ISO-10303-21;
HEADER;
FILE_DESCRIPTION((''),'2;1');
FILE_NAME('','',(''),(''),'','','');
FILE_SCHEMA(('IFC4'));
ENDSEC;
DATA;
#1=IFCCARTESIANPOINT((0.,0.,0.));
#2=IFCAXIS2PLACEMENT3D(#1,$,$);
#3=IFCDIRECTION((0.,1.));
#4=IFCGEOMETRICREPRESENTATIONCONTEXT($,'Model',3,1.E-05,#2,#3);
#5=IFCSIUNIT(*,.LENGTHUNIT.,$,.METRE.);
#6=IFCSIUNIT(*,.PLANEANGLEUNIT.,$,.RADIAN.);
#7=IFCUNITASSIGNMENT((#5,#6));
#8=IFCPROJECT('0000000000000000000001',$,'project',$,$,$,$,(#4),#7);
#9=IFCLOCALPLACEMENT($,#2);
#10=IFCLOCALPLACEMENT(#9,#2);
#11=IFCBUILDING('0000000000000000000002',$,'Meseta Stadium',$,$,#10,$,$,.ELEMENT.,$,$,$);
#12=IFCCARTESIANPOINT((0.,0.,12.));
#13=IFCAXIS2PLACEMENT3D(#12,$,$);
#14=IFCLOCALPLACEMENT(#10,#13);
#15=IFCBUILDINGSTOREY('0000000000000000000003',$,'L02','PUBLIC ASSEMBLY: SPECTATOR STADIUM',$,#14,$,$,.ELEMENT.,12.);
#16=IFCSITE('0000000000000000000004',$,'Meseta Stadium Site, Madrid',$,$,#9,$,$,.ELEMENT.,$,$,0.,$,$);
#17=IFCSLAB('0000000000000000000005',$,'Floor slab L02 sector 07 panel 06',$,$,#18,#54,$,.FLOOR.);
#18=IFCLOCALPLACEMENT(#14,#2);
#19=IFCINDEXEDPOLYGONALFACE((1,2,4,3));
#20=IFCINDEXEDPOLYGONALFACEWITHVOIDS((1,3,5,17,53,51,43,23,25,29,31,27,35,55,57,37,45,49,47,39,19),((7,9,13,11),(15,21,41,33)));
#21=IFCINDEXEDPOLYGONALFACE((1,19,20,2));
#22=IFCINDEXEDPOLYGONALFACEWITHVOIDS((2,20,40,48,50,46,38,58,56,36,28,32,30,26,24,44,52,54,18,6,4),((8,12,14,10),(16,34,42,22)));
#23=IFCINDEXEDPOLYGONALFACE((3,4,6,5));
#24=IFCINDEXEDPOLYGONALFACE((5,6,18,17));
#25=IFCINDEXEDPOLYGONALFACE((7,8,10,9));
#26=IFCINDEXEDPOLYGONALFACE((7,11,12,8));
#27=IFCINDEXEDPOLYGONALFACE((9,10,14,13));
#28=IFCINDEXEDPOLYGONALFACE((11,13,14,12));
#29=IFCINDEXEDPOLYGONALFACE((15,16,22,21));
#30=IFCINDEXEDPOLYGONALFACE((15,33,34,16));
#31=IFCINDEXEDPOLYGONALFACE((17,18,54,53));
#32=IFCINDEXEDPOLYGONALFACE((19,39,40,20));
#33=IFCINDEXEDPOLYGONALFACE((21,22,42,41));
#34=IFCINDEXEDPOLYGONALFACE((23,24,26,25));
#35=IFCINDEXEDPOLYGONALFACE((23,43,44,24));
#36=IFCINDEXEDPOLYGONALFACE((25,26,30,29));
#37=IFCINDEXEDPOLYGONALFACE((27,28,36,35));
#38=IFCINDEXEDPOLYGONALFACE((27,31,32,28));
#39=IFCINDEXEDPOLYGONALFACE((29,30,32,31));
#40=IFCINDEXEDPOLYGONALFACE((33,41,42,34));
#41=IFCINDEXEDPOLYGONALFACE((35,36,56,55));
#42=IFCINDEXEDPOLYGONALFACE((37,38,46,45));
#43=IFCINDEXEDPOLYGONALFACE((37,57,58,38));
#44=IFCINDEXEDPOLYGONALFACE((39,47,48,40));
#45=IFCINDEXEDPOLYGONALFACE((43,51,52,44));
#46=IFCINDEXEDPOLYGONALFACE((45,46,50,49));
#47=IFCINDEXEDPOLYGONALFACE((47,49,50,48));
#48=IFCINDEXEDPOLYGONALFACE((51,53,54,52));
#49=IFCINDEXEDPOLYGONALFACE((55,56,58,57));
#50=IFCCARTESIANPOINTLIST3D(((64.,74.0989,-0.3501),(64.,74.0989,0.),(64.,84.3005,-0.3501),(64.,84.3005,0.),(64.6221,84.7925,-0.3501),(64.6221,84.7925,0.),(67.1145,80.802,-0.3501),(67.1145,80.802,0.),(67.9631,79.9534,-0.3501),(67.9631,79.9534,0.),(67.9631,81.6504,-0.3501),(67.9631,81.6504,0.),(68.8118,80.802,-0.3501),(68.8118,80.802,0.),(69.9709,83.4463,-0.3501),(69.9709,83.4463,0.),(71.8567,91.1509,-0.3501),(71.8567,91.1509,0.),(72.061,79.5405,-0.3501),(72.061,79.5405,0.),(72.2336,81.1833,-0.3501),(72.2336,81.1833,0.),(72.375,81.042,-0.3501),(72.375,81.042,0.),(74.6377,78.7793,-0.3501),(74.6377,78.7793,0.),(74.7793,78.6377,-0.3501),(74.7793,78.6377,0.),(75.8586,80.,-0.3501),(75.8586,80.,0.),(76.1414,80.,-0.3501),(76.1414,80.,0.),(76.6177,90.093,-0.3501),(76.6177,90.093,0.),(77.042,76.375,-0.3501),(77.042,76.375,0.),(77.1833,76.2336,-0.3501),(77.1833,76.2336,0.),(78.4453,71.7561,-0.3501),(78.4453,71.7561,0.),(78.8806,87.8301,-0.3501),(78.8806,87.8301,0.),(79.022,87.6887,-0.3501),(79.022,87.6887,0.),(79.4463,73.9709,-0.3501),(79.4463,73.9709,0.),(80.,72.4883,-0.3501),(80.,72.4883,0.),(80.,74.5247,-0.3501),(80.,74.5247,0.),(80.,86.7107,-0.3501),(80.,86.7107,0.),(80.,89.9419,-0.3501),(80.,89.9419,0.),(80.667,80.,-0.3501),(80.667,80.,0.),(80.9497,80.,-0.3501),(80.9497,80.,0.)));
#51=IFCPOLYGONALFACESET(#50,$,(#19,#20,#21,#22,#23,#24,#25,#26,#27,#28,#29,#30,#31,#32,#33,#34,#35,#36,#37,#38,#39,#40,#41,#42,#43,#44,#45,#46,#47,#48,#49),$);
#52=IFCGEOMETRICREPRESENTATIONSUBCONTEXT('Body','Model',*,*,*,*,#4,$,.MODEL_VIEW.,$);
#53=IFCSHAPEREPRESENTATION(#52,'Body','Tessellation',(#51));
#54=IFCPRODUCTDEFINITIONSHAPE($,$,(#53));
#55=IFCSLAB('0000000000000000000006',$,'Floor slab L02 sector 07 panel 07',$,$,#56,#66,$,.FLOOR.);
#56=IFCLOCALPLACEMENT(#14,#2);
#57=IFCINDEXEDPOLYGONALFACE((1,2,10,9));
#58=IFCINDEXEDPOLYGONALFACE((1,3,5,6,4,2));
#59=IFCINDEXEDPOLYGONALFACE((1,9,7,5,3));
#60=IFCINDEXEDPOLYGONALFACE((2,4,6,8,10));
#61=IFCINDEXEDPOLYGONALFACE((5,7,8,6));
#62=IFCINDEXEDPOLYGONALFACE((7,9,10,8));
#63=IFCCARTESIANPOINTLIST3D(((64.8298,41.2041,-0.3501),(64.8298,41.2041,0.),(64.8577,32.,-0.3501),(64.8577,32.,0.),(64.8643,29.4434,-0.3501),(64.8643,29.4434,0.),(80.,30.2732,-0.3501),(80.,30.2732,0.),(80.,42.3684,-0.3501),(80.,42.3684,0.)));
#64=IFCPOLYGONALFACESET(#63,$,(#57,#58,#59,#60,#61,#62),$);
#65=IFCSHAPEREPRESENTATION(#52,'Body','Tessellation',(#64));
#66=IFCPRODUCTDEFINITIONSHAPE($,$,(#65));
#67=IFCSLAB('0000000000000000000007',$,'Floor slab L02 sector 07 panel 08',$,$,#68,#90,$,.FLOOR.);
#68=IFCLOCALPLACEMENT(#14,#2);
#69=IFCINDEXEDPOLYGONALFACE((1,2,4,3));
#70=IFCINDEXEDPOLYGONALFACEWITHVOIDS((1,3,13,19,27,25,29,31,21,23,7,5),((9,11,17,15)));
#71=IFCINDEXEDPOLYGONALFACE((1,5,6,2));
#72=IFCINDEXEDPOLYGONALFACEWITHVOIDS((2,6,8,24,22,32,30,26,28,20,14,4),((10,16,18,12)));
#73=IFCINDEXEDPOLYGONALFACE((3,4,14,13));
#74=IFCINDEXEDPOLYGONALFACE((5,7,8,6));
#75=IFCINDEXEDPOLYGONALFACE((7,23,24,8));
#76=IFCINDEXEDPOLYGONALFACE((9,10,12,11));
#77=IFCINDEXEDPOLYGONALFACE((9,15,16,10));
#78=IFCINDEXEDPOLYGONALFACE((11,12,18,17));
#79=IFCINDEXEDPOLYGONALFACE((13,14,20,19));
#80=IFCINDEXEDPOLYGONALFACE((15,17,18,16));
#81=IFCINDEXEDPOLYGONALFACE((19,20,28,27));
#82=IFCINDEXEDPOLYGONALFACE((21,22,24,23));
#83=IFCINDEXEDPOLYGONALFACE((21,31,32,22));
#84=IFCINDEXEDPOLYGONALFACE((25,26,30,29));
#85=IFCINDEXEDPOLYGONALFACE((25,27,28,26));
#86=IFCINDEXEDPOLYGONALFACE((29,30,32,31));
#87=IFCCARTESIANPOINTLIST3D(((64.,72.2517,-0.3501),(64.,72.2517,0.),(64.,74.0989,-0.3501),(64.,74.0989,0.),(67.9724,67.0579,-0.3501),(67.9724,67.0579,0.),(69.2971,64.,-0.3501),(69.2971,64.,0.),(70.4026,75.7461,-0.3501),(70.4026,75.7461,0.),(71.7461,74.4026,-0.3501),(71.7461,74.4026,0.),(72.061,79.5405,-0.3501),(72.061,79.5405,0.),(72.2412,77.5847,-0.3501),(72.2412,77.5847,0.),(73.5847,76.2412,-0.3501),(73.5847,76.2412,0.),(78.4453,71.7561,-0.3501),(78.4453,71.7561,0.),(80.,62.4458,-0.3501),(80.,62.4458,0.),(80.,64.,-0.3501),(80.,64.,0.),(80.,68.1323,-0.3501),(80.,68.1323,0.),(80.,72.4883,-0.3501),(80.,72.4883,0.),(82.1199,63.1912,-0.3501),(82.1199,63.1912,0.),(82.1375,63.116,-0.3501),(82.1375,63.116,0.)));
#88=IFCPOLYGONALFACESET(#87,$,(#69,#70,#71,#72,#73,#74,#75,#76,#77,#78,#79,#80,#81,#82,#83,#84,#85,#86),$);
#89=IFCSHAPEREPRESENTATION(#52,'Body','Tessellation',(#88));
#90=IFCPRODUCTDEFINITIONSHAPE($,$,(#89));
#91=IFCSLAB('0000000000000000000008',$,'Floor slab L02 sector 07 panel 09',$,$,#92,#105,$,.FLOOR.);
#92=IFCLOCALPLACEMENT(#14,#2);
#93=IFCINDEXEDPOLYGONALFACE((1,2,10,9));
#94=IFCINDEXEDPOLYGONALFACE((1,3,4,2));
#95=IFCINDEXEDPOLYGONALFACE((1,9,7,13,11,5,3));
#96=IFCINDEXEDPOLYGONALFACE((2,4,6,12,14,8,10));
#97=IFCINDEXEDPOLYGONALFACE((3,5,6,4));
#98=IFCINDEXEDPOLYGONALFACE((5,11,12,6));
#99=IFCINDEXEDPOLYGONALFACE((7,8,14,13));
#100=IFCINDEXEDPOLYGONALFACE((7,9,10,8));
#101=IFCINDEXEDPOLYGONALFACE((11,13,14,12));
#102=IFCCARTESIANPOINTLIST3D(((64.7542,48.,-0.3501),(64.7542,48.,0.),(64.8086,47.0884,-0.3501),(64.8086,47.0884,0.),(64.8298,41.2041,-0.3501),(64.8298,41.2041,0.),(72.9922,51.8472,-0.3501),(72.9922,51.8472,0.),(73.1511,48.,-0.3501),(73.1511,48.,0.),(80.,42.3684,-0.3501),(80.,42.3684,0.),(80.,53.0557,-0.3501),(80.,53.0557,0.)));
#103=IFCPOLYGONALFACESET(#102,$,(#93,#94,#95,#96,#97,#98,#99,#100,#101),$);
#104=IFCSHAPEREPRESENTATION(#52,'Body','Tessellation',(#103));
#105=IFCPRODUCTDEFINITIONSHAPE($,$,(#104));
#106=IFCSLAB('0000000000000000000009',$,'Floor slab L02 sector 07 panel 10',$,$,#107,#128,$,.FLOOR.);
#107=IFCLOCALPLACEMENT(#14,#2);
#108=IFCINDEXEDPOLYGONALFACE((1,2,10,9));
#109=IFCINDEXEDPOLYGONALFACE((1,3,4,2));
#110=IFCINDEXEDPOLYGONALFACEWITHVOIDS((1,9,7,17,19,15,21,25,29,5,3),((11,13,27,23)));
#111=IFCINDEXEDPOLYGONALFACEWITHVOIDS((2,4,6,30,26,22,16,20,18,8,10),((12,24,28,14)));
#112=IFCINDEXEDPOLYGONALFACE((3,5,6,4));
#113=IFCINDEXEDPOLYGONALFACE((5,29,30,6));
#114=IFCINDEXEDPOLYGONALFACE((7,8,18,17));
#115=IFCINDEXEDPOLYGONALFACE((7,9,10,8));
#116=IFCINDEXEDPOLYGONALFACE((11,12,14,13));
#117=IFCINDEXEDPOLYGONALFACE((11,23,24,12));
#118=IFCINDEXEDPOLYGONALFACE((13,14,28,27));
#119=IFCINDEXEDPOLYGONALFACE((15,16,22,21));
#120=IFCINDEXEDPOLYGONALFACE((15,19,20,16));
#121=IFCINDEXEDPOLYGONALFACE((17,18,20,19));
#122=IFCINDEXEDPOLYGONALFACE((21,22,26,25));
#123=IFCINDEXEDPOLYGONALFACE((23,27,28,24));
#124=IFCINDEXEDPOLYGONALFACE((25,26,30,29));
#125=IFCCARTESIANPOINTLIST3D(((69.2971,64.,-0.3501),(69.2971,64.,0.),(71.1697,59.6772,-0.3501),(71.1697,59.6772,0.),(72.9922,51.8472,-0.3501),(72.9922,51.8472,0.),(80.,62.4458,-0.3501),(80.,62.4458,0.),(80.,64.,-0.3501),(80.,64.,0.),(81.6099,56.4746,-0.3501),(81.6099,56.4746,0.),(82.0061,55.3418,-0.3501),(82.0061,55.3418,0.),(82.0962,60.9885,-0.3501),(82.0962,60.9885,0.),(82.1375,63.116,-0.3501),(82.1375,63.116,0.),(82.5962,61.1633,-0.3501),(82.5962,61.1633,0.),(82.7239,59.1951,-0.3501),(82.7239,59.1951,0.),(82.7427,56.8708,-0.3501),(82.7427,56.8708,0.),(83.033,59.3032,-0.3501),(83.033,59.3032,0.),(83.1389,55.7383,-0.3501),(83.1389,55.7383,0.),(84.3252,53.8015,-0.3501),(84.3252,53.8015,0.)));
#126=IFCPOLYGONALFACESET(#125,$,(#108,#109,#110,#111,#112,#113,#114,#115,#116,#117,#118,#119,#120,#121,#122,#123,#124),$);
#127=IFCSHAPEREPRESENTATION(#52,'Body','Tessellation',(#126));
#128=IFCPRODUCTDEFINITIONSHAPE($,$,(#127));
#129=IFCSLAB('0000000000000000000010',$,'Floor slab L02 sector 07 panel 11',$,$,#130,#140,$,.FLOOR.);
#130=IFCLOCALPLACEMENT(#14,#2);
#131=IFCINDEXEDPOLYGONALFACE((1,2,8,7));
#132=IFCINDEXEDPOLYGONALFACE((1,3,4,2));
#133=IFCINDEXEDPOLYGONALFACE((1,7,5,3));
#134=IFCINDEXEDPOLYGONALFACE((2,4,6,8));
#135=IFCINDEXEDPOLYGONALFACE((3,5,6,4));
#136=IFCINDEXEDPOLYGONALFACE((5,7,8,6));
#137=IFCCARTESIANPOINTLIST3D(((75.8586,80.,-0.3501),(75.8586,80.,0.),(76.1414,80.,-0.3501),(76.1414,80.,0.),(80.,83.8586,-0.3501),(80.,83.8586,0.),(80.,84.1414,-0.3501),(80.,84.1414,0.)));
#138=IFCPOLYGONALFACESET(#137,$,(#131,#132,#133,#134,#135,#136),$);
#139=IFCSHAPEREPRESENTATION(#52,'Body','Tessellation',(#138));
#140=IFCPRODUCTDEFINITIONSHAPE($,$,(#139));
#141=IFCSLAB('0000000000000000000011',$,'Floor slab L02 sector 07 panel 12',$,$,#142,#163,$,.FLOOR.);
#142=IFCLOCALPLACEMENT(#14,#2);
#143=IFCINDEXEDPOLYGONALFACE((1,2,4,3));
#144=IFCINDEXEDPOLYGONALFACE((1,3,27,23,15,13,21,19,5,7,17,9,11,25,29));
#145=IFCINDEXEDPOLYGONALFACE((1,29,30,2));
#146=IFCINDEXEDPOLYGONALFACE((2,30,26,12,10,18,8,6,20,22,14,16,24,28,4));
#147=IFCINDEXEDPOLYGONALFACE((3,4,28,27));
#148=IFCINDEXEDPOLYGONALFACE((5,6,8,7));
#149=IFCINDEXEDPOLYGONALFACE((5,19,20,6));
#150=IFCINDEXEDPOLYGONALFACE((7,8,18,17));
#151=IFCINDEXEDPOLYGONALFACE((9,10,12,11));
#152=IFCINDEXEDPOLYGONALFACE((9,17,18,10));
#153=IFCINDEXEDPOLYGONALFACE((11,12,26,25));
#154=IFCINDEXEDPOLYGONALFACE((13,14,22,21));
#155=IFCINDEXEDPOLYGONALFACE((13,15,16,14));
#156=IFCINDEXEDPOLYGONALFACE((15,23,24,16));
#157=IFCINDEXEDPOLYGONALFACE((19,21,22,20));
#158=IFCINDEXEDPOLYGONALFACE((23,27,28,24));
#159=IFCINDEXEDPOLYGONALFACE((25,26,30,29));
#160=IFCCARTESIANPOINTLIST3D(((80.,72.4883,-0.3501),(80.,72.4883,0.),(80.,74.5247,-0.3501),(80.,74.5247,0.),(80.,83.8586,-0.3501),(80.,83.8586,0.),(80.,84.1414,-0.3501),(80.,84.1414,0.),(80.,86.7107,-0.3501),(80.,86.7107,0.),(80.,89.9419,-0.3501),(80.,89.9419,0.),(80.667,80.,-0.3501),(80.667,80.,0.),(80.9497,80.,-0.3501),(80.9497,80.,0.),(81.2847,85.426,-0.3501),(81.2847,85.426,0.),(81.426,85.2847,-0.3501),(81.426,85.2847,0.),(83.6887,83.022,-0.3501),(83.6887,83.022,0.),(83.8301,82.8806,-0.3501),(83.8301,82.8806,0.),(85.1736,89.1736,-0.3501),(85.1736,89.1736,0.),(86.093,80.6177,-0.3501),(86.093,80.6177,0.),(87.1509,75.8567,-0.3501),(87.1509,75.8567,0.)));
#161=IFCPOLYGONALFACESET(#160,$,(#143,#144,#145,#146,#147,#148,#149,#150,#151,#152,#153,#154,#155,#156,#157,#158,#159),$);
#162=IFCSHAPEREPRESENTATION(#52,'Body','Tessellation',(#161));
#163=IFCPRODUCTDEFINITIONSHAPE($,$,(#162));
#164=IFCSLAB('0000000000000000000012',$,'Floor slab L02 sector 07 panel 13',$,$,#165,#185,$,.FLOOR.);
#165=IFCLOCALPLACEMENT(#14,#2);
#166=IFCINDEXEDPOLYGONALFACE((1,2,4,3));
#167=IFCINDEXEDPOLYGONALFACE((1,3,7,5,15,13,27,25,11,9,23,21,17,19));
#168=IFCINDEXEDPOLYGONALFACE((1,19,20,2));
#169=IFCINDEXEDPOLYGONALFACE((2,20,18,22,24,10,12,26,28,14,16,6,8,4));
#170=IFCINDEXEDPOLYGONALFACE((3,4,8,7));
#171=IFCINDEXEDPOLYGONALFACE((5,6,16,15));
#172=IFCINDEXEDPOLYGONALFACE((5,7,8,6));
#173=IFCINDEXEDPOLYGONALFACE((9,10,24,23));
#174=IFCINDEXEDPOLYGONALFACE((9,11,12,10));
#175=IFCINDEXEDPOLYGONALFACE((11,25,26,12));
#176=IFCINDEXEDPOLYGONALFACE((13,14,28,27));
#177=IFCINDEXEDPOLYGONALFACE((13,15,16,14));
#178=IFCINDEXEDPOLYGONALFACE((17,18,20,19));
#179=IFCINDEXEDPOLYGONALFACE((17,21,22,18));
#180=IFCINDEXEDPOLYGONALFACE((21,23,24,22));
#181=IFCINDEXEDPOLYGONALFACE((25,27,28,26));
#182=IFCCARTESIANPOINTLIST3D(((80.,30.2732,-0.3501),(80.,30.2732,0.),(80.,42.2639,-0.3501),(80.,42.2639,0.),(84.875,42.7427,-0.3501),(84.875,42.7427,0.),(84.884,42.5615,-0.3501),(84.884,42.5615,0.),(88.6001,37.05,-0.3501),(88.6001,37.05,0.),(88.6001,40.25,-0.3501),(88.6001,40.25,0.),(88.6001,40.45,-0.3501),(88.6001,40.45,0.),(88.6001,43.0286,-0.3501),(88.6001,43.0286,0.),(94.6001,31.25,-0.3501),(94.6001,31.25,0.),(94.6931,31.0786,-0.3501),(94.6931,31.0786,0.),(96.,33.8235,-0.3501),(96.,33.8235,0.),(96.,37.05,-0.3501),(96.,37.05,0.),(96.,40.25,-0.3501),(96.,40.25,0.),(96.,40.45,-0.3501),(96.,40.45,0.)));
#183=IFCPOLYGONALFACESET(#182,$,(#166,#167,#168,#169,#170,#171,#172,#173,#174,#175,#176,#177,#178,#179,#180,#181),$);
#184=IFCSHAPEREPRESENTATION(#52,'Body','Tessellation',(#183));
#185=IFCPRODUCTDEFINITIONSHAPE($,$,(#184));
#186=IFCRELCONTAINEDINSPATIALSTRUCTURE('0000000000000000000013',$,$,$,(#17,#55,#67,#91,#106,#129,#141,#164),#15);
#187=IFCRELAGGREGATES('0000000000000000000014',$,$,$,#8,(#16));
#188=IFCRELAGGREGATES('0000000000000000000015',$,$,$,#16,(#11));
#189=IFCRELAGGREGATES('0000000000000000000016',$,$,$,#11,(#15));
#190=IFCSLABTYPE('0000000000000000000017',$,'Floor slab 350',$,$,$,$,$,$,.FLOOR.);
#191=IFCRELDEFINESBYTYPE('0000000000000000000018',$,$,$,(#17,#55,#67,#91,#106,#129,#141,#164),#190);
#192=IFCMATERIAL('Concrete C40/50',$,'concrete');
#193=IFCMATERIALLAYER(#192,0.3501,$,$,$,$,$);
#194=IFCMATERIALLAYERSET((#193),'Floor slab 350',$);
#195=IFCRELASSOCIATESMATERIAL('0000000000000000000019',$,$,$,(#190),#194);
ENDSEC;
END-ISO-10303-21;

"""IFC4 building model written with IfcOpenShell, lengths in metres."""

from ifc_helpers import new_model, si_unit, direction, frame, origin, place, context, subcontext, project, spatial, polyline, outline, extrude, material, layer, layer_set, type_object, element, save


model = new_model("IFC4")

# Units and contexts
model_context = context("Model", 3, precision=1e-05, world=origin(), true_north=direction((0.0, 1.0)))
body_context = subcontext(model_context, "Body", "Model", "MODEL_VIEW")
ifc_project = project(units=[si_unit("LENGTHUNIT", "METRE"), si_unit("PLANEANGLEUNIT", "RADIAN")], contexts=[model_context])

# Site, building, storey
site_placement = place(None, origin())
site = spatial("IfcSite", under=ifc_project, at=site_placement, Name="Meseta Stadium Site, Madrid", CompositionType="ELEMENT", RefElevation=0.0)
building_placement = place(site_placement, origin())
building = spatial("IfcBuilding", under=site, at=building_placement, Name="Meseta Stadium", CompositionType="ELEMENT")
storey_placement = place(building_placement, frame((0.0, 0.0, 12.0)))
storey = spatial("IfcBuildingStorey", under=building, at=storey_placement, Name="L02", Description="PUBLIC ASSEMBLY: SPECTATOR STADIUM", CompositionType="ELEMENT", Elevation=12.0)

# Slabs
ifc_material = material(Name="Concrete C40/50", Category="concrete")
ifc_layer = layer(ifc_material, 0.3501)
ifc_layer_set = layer_set([ifc_layer], Name="Floor slab 350")
slab_type = type_object("IfcSlabType", Name="Floor slab 350", PredefinedType="FLOOR", material=ifc_layer_set)
slab_1_placement = place(storey_placement, frame((0.0, 0.0, -0.3501)))
element("IfcSlab", 1, at=slab_1_placement, inside=storey, type_object=slab_type, Name="Floor slab L02 sector 07 panel 06", PredefinedType="FLOOR", context=body_context, shape_type="SweptSolid", body=[
    extrude(outline(polyline([(77.1833, 76.2336), (80.9497, 80.0), (80.667, 80.0), (77.042, 76.375), (74.7793, 78.6377), (76.1414, 80.0), (75.8586, 80.0), (74.6377, 78.7793), (72.375, 81.042), (79.022, 87.6887), (80.0, 86.7107), (80.0, 89.9419), (71.8567, 91.1509), (64.6221, 84.7925), (64.0, 84.3005), (64.0, 74.0989), (72.061, 79.5405), (78.4453, 71.7561), (80.0, 72.4883), (80.0, 74.5247), (79.4463, 73.9709), (77.1833, 76.2336)]), holes=[polyline([(67.9631, 81.6504), (68.8118, 80.802), (67.9631, 79.9534), (67.1145, 80.802), (67.9631, 81.6504)]), polyline([(78.8806, 87.8301), (72.2336, 81.1833), (69.9709, 83.4463), (76.6177, 90.093), (78.8806, 87.8301)])]), origin(), (0.0, 0.0, 1.0), 0.3501),
])
slab_2_placement = place(storey_placement, frame((0.0, 0.0, -0.3501)))
element("IfcSlab", 2, at=slab_2_placement, inside=storey, type_object=slab_type, Name="Floor slab L02 sector 07 panel 07", PredefinedType="FLOOR", context=body_context, shape_type="SweptSolid", body=[
    extrude(outline(polyline([(64.8298, 41.2041), (64.8577, 32.0), (64.8643, 29.4434), (80.0, 30.2732), (80.0, 42.3684), (64.8298, 41.2041)])), origin(), (0.0, 0.0, 1.0), 0.3501),
])
slab_3_placement = place(storey_placement, frame((0.0, 0.0, -0.3501)))
element("IfcSlab", 3, at=slab_3_placement, inside=storey, type_object=slab_type, Name="Floor slab L02 sector 07 panel 08", PredefinedType="FLOOR", context=body_context, shape_type="SweptSolid", body=[
    extrude(outline(polyline([(69.2971, 64.0), (80.0, 64.0), (80.0, 62.4458), (82.1375, 63.116), (82.1199, 63.1912), (80.0, 68.1323), (80.0, 72.4883), (78.4453, 71.7561), (72.061, 79.5405), (64.0, 74.0989), (64.0, 72.2517), (67.9724, 67.0579), (69.2971, 64.0)]), holes=[polyline([(71.7461, 74.4026), (70.4026, 75.7461), (72.2412, 77.5847), (73.5847, 76.2412), (71.7461, 74.4026)])]), origin(), (0.0, 0.0, 1.0), 0.3501),
])
slab_4_placement = place(storey_placement, frame((0.0, 0.0, -0.3501)))
element("IfcSlab", 4, at=slab_4_placement, inside=storey, type_object=slab_type, Name="Floor slab L02 sector 07 panel 09", PredefinedType="FLOOR", context=body_context, shape_type="SweptSolid", body=[
    extrude(outline(polyline([(64.7542, 48.0), (64.8086, 47.0884), (64.8298, 41.2041), (80.0, 42.3684), (80.0, 53.0557), (72.9922, 51.8472), (73.1511, 48.0), (64.7542, 48.0)])), origin(), (0.0, 0.0, 1.0), 0.3501),
])
slab_5_placement = place(storey_placement, frame((0.0, 0.0, -0.3501)))
element("IfcSlab", 5, at=slab_5_placement, inside=storey, type_object=slab_type, Name="Floor slab L02 sector 07 panel 10", PredefinedType="FLOOR", context=body_context, shape_type="SweptSolid", body=[
    extrude(outline(polyline([(82.1375, 63.116), (80.0, 62.4458), (80.0, 64.0), (69.2971, 64.0), (71.1697, 59.6772), (72.9922, 51.8472), (84.3252, 53.8015), (83.033, 59.3032), (82.7239, 59.1951), (82.0962, 60.9885), (82.5962, 61.1633), (82.1375, 63.116)]), holes=[polyline([(82.0061, 55.3418), (81.6099, 56.4746), (82.7427, 56.8708), (83.1389, 55.7383), (82.0061, 55.3418)])]), origin(), (0.0, 0.0, 1.0), 0.3501),
])
slab_6_placement = place(storey_placement, frame((0.0, 0.0, -0.3501)))
element("IfcSlab", 6, at=slab_6_placement, inside=storey, type_object=slab_type, Name="Floor slab L02 sector 07 panel 11", PredefinedType="FLOOR", context=body_context, shape_type="SweptSolid", body=[
    extrude(outline(polyline([(75.8586, 80.0), (76.1414, 80.0), (80.0, 83.8586), (80.0, 84.1414), (75.8586, 80.0)])), origin(), (0.0, 0.0, 1.0), 0.3501),
])
slab_7_placement = place(storey_placement, frame((0.0, 0.0, -0.3501)))
element("IfcSlab", 7, at=slab_7_placement, inside=storey, type_object=slab_type, Name="Floor slab L02 sector 07 panel 12", PredefinedType="FLOOR", context=body_context, shape_type="SweptSolid", body=[
    extrude(outline(polyline([(86.093, 80.6177), (80.0, 74.5247), (80.0, 72.4883), (87.1509, 75.8567), (85.1736, 89.1736), (80.0, 89.9419), (80.0, 86.7107), (81.2847, 85.426), (80.0, 84.1414), (80.0, 83.8586), (81.426, 85.2847), (83.6887, 83.022), (80.667, 80.0), (80.9497, 80.0), (83.8301, 82.8806), (86.093, 80.6177)])), origin(), (0.0, 0.0, 1.0), 0.3501),
])
slab_8_placement = place(storey_placement, frame((0.0, 0.0, -0.3501)))
element("IfcSlab", 8, at=slab_8_placement, inside=storey, type_object=slab_type, Name="Floor slab L02 sector 07 panel 13", PredefinedType="FLOOR", context=body_context, shape_type="SweptSolid", body=[
    extrude(outline(polyline([(94.6931, 31.0786), (94.6001, 31.25), (96.0, 33.8235), (96.0, 37.05), (88.6001, 37.05), (88.6001, 40.25), (96.0, 40.25), (96.0, 40.45), (88.6001, 40.45), (88.6001, 43.0286), (84.875, 42.7427), (84.884, 42.5615), (80.0, 42.2639), (80.0, 30.2732), (94.6931, 31.0786)])), origin(), (0.0, 0.0, 1.0), 0.3501),
])

save(model, "model.ifc")
